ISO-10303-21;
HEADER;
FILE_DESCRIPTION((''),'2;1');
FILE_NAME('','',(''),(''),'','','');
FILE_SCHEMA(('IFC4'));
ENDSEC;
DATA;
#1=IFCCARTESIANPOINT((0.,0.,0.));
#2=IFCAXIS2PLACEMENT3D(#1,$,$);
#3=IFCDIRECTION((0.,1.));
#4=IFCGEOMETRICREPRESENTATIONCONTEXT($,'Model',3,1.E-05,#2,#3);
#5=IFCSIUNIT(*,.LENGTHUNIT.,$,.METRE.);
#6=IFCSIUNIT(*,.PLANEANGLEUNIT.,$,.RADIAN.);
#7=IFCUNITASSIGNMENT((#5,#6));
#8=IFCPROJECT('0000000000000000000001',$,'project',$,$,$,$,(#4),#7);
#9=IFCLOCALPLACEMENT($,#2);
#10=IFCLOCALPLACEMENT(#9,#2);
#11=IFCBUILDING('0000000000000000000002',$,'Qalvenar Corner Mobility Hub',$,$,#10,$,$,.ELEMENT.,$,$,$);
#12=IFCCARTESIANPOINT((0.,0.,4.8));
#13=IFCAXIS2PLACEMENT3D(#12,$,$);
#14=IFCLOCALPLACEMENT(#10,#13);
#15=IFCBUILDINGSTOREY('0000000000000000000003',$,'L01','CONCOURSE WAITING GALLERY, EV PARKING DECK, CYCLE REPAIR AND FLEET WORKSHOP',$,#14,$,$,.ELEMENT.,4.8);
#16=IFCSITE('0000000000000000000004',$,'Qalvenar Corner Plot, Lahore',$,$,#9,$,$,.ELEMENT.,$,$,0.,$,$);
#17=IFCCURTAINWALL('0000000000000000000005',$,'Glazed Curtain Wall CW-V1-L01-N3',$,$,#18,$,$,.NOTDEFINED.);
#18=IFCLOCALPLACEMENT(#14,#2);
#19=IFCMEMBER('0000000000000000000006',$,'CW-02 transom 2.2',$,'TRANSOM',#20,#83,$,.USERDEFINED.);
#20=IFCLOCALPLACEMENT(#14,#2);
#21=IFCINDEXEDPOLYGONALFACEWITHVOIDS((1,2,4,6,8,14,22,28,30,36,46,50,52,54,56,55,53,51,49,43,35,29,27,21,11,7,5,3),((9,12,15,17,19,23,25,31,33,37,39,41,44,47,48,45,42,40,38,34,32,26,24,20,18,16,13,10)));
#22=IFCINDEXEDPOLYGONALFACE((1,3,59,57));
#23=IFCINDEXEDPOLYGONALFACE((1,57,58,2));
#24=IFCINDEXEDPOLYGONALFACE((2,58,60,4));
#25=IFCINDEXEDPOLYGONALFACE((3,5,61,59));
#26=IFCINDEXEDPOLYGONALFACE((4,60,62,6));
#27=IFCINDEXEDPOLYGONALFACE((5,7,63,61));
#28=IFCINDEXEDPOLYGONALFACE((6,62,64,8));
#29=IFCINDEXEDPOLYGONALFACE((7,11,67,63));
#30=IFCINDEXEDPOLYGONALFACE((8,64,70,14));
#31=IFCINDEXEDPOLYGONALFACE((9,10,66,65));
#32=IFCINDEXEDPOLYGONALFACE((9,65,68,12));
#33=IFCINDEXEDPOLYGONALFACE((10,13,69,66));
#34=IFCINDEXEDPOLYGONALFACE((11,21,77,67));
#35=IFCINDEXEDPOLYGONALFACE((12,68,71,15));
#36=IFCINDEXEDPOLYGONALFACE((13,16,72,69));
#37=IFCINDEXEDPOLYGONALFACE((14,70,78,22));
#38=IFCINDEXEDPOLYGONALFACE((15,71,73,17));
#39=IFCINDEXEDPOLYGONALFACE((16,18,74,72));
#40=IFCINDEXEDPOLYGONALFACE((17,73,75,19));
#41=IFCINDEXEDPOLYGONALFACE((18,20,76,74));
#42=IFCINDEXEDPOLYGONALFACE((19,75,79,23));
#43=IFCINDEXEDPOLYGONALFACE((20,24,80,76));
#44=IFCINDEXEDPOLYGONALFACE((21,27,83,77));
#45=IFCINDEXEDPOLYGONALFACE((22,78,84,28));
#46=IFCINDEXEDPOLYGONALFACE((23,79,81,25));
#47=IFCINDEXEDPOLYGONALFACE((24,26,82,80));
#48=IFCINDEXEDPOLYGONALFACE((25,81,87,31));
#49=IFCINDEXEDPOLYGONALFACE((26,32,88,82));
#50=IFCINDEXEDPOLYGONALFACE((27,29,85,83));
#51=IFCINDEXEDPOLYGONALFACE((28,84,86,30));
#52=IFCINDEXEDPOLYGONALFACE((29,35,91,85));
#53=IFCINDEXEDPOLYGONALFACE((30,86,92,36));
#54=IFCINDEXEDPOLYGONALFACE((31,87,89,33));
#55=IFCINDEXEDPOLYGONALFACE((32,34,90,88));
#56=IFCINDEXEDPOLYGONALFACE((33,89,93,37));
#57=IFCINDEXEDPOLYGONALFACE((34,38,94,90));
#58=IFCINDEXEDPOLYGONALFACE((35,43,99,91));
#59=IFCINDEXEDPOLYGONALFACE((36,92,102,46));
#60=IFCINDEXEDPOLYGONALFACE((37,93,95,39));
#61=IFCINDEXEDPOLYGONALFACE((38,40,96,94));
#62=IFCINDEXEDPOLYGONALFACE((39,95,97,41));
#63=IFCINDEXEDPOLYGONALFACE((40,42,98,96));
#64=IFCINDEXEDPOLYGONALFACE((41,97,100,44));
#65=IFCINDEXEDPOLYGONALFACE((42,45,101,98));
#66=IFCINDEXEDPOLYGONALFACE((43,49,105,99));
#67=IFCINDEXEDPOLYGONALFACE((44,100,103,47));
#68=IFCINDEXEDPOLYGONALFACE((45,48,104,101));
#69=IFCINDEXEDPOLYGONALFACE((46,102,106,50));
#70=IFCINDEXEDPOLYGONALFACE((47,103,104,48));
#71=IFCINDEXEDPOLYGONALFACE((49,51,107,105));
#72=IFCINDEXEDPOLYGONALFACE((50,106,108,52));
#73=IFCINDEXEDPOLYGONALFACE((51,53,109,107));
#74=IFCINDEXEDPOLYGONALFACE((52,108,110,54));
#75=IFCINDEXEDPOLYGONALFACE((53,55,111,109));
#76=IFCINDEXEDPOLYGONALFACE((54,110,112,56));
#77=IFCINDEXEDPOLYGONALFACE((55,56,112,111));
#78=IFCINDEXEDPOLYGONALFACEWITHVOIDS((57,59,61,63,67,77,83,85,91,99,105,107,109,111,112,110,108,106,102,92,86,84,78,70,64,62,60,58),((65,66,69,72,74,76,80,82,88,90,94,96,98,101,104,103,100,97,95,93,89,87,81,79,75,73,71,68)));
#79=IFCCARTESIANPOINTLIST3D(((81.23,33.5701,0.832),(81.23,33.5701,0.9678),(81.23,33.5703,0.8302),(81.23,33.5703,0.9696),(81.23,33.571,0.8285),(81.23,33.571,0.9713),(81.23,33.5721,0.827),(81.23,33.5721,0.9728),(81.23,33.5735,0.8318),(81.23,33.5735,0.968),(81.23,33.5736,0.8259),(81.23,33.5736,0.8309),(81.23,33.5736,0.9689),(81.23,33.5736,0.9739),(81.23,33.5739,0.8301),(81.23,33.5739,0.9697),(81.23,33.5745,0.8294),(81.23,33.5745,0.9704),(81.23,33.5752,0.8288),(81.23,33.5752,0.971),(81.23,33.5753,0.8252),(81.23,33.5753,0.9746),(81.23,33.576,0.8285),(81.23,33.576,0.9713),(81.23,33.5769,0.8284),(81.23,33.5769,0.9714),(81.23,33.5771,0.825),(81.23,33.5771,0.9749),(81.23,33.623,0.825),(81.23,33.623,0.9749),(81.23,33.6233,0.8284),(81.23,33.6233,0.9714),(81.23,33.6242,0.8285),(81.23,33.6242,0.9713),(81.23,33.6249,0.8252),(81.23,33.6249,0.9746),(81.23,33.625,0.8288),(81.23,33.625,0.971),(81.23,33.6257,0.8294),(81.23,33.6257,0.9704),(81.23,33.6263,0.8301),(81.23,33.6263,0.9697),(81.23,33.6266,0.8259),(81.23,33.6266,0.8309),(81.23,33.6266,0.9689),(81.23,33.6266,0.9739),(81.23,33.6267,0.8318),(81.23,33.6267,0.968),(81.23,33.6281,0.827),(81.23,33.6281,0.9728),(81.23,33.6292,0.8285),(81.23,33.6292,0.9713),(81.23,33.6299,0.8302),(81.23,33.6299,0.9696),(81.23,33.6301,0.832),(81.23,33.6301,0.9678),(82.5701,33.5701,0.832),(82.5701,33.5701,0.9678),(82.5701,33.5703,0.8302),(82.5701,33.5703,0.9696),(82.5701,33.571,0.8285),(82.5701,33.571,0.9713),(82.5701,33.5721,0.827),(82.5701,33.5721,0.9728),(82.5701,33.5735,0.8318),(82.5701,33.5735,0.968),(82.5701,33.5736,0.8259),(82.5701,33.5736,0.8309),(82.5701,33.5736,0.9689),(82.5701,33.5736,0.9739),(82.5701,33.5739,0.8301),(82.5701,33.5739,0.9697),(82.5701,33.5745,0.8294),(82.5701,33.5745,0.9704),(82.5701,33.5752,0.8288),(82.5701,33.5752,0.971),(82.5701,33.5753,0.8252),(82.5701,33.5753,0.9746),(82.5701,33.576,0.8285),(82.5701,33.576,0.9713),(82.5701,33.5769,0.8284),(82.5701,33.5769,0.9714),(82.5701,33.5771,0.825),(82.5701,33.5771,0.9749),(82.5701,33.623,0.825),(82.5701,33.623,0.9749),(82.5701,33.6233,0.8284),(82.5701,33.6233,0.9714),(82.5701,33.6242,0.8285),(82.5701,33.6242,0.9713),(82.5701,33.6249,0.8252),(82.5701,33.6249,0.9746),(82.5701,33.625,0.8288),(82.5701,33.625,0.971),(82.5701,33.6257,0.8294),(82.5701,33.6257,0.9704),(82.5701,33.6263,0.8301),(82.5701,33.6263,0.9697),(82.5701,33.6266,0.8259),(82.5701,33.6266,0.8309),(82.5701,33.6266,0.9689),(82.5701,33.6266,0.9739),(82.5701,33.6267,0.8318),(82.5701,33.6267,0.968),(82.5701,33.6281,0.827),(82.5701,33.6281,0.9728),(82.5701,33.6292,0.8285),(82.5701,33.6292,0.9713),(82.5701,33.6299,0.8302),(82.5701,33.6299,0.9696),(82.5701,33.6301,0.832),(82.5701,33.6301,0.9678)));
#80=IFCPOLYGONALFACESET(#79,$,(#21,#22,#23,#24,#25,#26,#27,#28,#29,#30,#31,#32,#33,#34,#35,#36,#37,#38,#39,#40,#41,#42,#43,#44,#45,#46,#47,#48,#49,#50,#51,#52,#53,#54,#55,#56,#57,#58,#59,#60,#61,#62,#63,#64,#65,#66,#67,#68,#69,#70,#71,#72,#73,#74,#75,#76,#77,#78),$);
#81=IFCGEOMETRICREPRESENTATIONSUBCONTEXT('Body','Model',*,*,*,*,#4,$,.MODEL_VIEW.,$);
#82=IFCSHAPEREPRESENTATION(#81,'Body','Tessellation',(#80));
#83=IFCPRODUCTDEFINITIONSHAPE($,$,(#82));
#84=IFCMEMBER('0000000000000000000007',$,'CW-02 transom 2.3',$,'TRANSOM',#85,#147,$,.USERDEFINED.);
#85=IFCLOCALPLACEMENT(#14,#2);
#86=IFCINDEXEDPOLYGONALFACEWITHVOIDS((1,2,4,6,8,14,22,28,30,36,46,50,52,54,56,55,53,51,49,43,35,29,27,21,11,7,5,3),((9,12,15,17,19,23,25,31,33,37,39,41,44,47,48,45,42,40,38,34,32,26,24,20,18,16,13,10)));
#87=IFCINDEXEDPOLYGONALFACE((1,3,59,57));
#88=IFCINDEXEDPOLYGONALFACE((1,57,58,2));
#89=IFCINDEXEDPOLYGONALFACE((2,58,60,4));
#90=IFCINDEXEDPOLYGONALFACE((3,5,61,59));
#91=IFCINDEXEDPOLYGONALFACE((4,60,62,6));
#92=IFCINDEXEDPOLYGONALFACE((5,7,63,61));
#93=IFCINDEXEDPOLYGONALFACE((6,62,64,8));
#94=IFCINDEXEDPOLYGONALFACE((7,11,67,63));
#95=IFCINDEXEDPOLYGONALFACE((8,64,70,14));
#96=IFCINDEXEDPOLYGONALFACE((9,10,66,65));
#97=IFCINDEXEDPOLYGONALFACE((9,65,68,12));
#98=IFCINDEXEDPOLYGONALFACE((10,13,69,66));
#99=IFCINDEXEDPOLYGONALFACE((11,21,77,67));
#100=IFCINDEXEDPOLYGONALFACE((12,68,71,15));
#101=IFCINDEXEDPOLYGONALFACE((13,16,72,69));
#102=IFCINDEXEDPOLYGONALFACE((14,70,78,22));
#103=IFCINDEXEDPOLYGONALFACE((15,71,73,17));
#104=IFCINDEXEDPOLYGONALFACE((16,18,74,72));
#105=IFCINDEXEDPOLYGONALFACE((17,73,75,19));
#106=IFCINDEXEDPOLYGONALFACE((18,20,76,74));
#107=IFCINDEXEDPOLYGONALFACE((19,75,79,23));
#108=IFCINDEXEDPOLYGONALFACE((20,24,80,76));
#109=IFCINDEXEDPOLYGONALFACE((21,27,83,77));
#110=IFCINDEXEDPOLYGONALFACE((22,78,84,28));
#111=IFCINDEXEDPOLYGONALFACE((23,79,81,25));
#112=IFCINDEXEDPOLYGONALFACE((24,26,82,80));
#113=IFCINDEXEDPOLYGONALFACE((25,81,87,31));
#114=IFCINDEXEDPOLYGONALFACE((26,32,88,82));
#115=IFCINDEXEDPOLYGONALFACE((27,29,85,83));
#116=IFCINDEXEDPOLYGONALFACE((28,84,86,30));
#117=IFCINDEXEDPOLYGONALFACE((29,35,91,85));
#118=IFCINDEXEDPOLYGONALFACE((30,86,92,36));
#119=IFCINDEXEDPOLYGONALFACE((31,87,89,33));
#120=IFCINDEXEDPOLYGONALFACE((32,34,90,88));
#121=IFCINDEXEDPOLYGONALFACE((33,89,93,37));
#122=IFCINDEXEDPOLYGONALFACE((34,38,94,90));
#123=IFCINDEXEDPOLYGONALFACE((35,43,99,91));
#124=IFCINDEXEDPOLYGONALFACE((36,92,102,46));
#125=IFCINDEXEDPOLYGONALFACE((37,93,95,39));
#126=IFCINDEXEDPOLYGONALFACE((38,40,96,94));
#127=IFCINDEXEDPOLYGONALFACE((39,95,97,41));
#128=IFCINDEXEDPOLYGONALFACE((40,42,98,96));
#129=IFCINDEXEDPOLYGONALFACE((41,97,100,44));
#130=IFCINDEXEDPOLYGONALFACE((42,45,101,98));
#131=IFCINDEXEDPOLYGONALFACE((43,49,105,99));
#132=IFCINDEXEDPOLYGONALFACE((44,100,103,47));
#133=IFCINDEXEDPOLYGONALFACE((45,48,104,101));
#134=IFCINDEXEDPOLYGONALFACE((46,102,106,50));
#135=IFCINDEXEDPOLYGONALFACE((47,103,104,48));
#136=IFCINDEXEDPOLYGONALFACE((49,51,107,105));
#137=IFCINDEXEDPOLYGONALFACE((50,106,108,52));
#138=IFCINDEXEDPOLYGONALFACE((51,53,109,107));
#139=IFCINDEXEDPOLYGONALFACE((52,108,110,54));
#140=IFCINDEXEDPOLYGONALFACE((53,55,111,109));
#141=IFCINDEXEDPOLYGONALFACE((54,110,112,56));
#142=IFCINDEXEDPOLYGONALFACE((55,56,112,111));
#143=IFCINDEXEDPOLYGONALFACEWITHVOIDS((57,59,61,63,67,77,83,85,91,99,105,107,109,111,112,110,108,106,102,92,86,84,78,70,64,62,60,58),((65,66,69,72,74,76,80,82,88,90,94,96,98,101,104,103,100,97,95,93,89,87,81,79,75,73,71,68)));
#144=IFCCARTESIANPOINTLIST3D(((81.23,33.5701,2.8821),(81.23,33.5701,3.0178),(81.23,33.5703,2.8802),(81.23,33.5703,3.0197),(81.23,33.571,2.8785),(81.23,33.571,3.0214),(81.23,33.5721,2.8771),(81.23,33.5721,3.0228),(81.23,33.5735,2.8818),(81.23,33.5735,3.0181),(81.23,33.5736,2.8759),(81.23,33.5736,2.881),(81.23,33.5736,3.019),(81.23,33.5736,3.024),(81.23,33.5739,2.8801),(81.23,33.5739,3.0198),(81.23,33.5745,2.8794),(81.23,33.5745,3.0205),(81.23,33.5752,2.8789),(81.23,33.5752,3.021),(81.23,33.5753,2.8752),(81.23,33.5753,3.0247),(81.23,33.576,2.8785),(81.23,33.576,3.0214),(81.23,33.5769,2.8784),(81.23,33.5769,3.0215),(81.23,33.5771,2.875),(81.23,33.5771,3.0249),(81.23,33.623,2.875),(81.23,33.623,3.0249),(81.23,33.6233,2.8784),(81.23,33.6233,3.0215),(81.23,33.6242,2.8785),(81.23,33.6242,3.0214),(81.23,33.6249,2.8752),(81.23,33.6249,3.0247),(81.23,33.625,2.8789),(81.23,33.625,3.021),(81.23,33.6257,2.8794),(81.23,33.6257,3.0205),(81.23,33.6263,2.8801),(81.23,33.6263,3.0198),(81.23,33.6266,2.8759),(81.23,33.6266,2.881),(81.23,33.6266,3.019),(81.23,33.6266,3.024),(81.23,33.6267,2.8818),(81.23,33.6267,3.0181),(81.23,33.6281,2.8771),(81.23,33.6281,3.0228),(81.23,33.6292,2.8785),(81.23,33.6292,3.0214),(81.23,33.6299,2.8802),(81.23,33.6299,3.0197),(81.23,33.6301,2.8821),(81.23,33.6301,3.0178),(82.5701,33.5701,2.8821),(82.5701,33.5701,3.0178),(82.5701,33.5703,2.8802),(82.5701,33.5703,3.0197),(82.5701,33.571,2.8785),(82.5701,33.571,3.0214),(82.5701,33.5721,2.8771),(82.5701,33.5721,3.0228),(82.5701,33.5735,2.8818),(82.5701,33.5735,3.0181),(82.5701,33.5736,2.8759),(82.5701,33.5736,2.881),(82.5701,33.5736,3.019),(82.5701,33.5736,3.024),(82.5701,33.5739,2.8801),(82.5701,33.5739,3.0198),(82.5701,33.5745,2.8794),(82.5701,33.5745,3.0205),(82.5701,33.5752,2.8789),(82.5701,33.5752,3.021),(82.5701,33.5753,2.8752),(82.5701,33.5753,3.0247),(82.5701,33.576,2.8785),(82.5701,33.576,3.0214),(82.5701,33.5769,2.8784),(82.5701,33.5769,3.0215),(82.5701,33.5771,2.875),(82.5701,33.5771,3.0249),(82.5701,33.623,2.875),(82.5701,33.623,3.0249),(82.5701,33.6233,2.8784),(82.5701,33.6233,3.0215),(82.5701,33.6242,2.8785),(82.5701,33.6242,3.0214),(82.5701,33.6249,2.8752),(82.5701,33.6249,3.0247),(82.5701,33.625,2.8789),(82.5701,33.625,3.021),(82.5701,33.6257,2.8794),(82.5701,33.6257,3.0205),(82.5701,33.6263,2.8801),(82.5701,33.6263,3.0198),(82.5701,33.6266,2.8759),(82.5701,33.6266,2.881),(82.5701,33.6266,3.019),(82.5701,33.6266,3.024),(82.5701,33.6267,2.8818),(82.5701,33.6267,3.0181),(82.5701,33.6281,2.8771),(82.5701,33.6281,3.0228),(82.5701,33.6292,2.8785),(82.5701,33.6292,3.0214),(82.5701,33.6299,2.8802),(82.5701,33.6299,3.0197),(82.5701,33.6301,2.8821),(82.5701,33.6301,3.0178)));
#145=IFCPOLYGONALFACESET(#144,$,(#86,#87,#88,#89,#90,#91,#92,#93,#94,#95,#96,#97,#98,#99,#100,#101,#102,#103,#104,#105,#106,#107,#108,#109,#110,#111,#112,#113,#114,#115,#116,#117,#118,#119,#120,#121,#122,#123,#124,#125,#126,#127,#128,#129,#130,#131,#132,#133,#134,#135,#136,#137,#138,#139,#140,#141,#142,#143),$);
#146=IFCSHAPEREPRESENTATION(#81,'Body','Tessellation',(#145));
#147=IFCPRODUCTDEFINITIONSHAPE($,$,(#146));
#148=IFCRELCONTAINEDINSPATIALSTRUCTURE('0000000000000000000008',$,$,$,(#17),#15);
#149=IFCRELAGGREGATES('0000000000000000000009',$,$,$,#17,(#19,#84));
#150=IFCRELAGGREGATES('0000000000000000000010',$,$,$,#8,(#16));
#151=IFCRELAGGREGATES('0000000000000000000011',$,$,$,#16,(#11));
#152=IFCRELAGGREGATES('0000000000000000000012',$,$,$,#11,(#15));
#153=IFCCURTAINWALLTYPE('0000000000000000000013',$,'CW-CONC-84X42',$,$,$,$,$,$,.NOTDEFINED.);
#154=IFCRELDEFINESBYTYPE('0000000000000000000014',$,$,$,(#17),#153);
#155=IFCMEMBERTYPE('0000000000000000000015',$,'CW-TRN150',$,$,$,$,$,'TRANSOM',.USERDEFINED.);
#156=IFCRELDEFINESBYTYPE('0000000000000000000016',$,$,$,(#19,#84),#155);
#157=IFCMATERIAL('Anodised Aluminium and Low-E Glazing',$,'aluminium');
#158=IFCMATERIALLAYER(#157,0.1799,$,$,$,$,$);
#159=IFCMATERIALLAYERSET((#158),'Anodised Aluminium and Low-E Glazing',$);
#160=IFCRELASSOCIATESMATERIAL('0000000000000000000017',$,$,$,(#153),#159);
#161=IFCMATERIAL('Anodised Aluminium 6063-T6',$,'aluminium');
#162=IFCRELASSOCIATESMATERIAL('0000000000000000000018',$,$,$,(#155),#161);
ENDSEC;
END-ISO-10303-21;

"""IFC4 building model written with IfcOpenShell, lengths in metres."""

from ifc_helpers import new_model, si_unit, direction, frame, origin, origin_2d, place, context, subcontext, project, spatial, hollow_rectangle, extrude, material, layer, layer_set, material_profile, profile_set, type_object, element, aggregate, save


model = new_model("IFC4")

# Units and contexts
model_context = context("Model", 3, precision=1e-05, world=origin(), true_north=direction((0.0, 1.0)))
body_context = subcontext(model_context, "Body", "Model", "MODEL_VIEW")
ifc_project = project(units=[si_unit("LENGTHUNIT", "METRE"), si_unit("PLANEANGLEUNIT", "RADIAN")], contexts=[model_context])

# Site, building, storey
site_placement = place(None, origin())
site = spatial("IfcSite", under=ifc_project, at=site_placement, Name="Qalvenar Corner Plot, Lahore", CompositionType="ELEMENT", RefElevation=0.0)
building_placement = place(site_placement, origin())
building = spatial("IfcBuilding", under=site, at=building_placement, Name="Qalvenar Corner Mobility Hub", CompositionType="ELEMENT")
storey_placement = place(building_placement, frame((0.0, 0.0, 4.8)))
storey = spatial("IfcBuildingStorey", under=building, at=storey_placement, Name="L01", Description="CONCOURSE WAITING GALLERY, EV PARKING DECK, CYCLE REPAIR AND FLEET WORKSHOP", CompositionType="ELEMENT", Elevation=4.8)

# Curtain wall, members
ifc_material_1 = material(Name="Anodised Aluminium and Low-E Glazing", Category="aluminium")
ifc_layer_1 = layer(ifc_material_1, 0.1799)
ifc_layer_set_1 = layer_set([ifc_layer_1], Name="Anodised Aluminium and Low-E Glazing")
curtain_wall_type = type_object("IfcCurtainWallType", Name="CW-CONC-84X42", PredefinedType="NOTDEFINED", material=ifc_layer_set_1)
curtain_wall_placement = place(storey_placement, origin())
curtain_wall = element("IfcCurtainWall", 1, at=curtain_wall_placement, inside=storey, type_object=curtain_wall_type, Name="Glazed Curtain Wall CW-V1-L01-N3", PredefinedType="NOTDEFINED")
ifc_material_2 = material(Name="Anodised Aluminium 6063-T6", Category="aluminium")
ifc_material_profile_1 = material_profile(ifc_material_2, hollow_rectangle(XDim=0.0601, YDim=0.1499, WallThickness=0.0034, InnerFilletRadius=0.0034, OuterFilletRadius=0.0071, at=origin_2d()), Name="RHS150x60x3.5")
ifc_profile_set_1 = profile_set([ifc_material_profile_1], Name="Anodised Aluminium 6063-T6")
member_type_1 = type_object("IfcMemberType", Name="CW-TRN150", ElementType="TRANSOM", PredefinedType="USERDEFINED", material=ifc_profile_set_1)
member_1_placement = place(storey_placement, frame((82.5701, 33.6001, 0.8999), z_axis=(-1.0, 0.0, 0.0), x_axis=(0.0, -1.0, 0.0)))
member_1 = element("IfcMember", 2, at=member_1_placement, type_object=member_type_1, Name="CW-02 transom 2.2", ObjectType="TRANSOM", PredefinedType="USERDEFINED", context=body_context, shape_type="SweptSolid", body=[
    extrude(hollow_rectangle(XDim=0.0601, YDim=0.1499, WallThickness=0.0034, InnerFilletRadius=0.0034, OuterFilletRadius=0.0071, at=origin_2d()), origin(), (0.0, 0.0, 1.0), 1.3401),
])
member_2_placement = place(storey_placement, frame((82.5701, 33.6001, 2.95), z_axis=(-1.0, 0.0, 0.0), x_axis=(0.0, -1.0, 0.0)))
member_2 = element("IfcMember", 3, at=member_2_placement, type_object=member_type_1, Name="CW-02 transom 2.3", ObjectType="TRANSOM", PredefinedType="USERDEFINED", context=body_context, shape_type="SweptSolid", body=[
    extrude(hollow_rectangle(XDim=0.0601, YDim=0.1499, WallThickness=0.0034, InnerFilletRadius=0.0034, OuterFilletRadius=0.0071, at=origin_2d()), origin(), (0.0, 0.0, 1.0), 1.3401),
])
aggregate(curtain_wall, [member_1, member_2])

save(model, "model.ifc")
